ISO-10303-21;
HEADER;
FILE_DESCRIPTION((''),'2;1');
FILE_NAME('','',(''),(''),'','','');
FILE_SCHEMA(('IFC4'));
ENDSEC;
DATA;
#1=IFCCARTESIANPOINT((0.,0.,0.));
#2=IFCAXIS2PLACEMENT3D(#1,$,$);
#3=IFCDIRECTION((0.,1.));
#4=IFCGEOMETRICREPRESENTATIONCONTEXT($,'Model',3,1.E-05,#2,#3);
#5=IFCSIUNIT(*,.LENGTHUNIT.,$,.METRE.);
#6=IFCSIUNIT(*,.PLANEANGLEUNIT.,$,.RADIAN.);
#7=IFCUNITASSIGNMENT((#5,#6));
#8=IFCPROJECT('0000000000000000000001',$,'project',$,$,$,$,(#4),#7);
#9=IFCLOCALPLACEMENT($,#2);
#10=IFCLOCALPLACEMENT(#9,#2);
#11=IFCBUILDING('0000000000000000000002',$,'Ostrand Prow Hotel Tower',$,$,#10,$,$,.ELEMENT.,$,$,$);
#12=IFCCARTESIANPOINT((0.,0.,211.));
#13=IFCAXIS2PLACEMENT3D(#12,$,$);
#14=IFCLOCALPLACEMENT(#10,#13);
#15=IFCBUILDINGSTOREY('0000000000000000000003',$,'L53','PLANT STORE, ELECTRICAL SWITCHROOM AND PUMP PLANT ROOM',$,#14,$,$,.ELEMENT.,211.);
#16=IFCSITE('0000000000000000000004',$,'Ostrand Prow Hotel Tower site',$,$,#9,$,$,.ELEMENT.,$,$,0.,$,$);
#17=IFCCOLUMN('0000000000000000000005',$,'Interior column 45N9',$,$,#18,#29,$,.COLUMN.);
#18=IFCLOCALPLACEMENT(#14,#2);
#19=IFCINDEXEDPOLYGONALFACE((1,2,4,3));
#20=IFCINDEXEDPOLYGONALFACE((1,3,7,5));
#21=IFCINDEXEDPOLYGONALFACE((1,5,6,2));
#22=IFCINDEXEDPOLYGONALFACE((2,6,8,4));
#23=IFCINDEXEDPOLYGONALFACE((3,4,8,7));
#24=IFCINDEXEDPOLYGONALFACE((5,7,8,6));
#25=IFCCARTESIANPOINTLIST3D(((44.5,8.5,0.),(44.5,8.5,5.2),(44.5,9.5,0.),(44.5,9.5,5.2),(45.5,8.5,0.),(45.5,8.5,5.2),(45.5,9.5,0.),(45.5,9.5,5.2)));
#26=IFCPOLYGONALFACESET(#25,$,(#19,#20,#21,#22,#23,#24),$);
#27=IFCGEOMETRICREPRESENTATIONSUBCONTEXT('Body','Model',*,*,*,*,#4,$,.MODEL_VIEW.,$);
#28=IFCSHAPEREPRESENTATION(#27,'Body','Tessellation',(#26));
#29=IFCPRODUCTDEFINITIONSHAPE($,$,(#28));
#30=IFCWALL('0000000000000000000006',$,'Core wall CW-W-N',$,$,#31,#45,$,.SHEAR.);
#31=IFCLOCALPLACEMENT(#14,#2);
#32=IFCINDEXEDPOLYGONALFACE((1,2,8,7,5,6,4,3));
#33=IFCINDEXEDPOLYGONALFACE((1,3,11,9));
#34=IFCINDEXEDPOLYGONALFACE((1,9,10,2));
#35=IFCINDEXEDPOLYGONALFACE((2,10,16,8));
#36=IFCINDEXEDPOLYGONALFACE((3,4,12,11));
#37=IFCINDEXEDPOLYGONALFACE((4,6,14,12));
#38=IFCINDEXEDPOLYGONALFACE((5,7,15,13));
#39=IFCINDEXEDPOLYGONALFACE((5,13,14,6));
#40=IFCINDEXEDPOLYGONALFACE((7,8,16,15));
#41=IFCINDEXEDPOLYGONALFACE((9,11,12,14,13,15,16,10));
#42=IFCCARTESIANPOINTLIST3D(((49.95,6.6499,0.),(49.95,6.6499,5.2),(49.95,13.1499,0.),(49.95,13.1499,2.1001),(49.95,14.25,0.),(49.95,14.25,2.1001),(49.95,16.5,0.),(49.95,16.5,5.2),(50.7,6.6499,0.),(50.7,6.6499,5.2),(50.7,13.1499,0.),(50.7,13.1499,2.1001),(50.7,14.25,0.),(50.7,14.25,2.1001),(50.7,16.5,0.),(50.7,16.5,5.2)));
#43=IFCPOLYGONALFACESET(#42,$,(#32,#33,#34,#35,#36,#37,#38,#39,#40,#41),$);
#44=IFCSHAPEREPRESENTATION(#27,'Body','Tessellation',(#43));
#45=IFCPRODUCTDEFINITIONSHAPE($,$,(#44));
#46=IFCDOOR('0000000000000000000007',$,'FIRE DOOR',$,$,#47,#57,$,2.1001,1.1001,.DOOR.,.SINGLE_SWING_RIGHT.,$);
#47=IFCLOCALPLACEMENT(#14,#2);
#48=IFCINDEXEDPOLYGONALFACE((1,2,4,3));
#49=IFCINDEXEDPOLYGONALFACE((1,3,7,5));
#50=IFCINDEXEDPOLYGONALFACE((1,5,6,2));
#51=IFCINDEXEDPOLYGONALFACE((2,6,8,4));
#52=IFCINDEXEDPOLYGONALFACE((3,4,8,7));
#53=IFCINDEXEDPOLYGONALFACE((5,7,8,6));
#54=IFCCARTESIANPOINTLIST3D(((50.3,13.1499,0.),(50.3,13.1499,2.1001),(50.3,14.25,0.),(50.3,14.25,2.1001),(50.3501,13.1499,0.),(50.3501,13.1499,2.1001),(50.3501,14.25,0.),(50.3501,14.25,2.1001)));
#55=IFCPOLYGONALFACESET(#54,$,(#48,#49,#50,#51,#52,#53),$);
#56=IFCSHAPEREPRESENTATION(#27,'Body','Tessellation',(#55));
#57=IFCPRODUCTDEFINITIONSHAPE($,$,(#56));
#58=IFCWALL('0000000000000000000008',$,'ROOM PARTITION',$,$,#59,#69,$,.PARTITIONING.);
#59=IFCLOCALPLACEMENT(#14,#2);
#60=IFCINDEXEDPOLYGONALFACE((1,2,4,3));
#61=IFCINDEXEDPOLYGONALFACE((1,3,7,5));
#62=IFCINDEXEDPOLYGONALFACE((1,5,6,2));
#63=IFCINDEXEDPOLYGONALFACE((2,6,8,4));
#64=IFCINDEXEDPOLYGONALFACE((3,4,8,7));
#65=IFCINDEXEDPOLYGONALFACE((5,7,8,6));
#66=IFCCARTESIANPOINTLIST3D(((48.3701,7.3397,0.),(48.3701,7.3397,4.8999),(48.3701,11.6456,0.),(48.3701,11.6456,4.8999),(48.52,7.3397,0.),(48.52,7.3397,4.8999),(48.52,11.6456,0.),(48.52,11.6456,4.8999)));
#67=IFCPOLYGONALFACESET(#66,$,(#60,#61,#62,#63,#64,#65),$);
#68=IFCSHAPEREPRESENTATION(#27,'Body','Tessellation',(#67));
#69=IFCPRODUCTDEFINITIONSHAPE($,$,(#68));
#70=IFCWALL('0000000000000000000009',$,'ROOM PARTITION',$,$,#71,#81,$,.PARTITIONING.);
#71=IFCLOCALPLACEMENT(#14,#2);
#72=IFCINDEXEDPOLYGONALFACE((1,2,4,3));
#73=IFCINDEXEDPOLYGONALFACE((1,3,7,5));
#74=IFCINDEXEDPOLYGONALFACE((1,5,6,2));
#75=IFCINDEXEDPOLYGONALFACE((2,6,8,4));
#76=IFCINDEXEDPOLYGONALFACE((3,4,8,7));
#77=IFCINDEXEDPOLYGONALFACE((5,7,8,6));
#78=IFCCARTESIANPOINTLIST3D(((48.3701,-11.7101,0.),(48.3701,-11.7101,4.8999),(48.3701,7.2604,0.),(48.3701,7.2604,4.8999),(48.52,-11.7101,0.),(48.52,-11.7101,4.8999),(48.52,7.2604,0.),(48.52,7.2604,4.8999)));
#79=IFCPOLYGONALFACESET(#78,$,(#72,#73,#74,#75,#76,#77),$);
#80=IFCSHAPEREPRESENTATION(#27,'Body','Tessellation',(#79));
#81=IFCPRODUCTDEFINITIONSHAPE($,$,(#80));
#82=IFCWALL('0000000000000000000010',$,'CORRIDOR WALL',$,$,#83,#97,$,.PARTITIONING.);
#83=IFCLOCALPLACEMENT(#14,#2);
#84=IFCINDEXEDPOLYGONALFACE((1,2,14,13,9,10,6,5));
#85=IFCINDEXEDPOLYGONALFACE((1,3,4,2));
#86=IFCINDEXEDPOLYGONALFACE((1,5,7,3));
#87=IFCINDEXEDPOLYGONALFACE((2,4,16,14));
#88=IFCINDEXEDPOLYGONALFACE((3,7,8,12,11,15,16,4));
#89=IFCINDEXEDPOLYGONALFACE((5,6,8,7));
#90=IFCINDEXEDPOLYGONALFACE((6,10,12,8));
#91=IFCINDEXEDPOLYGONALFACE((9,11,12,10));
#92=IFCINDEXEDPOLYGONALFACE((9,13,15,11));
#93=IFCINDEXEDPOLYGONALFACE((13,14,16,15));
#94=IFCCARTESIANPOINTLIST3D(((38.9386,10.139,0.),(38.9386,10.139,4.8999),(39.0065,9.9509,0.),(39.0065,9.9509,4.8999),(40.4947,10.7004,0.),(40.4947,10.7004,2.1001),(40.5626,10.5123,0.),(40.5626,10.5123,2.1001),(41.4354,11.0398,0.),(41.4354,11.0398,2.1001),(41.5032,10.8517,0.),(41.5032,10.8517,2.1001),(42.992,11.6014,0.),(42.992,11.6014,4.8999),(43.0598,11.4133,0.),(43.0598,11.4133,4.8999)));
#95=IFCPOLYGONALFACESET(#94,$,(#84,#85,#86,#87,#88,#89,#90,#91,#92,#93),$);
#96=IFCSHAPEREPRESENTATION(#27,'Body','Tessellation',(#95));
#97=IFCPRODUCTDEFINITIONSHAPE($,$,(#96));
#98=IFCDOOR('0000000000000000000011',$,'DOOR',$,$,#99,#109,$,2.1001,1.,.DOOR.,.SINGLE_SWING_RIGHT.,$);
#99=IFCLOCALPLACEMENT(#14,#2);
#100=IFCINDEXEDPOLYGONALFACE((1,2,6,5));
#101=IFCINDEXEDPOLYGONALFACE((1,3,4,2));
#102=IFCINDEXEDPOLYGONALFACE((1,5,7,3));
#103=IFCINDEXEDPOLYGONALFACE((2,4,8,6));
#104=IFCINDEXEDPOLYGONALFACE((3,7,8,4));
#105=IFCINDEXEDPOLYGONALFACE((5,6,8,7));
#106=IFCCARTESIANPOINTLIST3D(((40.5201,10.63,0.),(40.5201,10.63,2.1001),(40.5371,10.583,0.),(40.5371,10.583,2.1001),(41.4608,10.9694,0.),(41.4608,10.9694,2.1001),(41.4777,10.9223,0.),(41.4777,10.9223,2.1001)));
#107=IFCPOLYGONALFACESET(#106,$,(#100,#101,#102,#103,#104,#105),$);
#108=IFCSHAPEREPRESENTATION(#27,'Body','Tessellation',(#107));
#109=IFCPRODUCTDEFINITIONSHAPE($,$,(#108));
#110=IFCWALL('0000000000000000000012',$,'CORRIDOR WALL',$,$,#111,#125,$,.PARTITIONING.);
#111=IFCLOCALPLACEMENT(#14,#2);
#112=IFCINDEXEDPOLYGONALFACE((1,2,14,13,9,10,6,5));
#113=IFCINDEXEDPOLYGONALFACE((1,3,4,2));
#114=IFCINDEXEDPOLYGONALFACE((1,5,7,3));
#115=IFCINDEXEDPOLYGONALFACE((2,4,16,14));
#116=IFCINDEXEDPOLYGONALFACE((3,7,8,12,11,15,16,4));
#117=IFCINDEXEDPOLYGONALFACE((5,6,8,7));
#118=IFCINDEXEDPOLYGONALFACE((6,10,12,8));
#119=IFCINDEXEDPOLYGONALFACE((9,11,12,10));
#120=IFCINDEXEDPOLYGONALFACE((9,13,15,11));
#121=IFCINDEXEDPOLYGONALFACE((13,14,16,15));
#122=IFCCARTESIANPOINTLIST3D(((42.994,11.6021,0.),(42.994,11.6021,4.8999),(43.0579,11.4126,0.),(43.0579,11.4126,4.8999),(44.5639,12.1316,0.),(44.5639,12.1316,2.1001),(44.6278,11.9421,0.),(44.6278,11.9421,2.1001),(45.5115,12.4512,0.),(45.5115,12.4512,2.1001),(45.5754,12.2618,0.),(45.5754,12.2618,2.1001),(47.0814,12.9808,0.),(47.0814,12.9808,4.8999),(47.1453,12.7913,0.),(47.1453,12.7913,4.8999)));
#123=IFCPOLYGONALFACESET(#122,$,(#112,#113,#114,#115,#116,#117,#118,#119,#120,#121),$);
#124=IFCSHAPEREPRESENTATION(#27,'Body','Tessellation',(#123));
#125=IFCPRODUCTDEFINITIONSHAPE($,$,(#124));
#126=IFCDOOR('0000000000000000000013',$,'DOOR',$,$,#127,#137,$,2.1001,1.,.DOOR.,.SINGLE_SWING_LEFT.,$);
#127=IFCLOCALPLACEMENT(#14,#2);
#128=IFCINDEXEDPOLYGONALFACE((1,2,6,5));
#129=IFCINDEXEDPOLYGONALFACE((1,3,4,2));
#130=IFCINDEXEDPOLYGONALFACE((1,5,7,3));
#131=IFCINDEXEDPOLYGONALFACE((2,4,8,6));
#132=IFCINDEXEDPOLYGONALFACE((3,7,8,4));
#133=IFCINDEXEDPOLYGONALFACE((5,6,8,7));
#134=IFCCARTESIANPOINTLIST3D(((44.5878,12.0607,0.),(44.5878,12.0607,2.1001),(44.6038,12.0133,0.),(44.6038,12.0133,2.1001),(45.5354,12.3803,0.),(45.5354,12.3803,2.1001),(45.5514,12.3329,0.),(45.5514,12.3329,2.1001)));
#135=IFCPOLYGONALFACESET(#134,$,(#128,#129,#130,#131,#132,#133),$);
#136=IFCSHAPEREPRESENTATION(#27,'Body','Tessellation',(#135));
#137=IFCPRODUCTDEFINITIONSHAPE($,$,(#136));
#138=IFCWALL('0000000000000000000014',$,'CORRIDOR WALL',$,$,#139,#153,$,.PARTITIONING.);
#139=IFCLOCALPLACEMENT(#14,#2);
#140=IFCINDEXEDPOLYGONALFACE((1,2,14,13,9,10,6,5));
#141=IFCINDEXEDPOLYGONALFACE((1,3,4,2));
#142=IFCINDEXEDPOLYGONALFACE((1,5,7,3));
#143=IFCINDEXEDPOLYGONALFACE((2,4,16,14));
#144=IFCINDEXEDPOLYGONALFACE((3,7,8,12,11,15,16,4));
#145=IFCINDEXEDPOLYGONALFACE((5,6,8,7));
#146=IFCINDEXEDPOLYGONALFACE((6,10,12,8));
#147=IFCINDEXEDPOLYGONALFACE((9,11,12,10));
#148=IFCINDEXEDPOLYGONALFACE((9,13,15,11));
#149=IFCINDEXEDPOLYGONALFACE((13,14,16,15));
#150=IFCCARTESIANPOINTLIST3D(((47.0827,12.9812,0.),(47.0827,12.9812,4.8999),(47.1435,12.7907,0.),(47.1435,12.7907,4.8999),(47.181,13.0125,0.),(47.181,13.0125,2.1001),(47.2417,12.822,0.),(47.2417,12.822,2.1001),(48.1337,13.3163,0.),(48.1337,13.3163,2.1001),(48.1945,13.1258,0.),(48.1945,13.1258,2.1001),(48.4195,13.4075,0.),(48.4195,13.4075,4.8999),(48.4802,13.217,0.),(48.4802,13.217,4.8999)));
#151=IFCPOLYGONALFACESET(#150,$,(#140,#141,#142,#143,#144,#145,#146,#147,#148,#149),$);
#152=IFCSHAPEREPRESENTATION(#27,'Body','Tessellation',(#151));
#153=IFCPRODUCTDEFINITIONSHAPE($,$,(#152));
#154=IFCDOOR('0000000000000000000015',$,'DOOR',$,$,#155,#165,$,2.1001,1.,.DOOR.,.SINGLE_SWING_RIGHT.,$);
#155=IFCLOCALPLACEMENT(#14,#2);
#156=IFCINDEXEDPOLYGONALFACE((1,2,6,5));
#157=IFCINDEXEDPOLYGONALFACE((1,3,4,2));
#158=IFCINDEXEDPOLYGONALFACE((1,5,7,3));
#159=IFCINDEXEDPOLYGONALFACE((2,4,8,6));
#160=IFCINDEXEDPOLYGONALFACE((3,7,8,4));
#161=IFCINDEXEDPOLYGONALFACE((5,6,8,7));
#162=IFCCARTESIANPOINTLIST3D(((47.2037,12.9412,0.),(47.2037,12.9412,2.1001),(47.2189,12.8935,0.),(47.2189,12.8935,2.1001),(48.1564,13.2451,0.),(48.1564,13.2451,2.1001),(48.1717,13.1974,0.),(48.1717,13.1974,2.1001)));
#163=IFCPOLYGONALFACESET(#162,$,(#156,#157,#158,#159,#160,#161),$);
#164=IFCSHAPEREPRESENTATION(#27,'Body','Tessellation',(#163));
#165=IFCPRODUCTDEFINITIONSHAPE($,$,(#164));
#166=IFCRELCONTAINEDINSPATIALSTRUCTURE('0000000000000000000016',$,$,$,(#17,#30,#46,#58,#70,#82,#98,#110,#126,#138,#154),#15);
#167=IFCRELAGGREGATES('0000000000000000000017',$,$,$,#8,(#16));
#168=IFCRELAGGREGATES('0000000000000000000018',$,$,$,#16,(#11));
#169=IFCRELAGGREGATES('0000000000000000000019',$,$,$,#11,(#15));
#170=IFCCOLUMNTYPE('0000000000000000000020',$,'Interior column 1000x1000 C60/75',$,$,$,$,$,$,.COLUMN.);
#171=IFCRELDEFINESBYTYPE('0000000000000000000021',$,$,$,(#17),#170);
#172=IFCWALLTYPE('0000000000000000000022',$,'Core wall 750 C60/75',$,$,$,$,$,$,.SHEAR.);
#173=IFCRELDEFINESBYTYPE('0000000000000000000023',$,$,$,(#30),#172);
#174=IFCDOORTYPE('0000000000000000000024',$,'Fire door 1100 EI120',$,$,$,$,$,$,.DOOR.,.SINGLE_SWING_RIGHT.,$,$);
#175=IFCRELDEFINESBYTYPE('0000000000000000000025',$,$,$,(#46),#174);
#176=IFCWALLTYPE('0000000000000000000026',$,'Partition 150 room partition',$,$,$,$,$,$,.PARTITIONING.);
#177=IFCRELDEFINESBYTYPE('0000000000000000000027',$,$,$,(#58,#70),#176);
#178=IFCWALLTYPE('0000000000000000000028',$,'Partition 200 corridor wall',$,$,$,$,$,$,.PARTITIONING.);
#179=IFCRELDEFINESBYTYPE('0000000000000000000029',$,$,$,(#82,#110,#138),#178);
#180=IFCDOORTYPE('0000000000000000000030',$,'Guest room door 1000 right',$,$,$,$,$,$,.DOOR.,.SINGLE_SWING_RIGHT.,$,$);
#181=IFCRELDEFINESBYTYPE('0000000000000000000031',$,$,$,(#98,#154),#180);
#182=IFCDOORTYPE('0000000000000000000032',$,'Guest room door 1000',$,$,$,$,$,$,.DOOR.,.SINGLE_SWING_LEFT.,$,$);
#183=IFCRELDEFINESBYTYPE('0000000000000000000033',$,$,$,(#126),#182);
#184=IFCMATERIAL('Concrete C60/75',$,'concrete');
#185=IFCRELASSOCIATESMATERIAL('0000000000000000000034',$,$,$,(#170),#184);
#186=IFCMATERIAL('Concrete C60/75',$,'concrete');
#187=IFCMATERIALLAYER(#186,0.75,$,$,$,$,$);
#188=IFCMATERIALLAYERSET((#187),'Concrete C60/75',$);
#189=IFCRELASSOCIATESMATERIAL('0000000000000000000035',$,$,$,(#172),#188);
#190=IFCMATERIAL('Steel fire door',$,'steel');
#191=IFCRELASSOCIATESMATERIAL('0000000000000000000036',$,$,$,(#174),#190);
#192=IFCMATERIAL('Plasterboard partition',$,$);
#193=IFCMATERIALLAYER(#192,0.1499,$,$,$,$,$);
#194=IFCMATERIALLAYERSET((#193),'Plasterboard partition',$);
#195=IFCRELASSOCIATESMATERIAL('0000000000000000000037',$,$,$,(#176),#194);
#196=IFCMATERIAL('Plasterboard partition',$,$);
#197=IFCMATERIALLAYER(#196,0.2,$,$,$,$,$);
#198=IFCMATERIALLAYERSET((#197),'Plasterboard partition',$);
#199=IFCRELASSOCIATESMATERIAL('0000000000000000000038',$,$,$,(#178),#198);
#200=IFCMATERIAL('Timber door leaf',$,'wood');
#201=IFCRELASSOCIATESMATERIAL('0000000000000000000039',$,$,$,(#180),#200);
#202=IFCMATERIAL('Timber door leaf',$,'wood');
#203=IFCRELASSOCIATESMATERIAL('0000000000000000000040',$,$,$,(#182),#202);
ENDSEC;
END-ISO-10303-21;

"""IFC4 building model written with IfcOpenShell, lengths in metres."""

from ifc_helpers import new_model, si_unit, direction, frame, frame_2d, origin, origin_2d, place, context, subcontext, project, spatial, rectangle, extrude, material, layer, layer_set, material_profile, profile_set, type_object, element, fill, save


model = new_model("IFC4")

# Units and contexts
model_context = context("Model", 3, precision=1e-05, world=origin(), true_north=direction((0.0, 1.0)))
body_context = subcontext(model_context, "Body", "Model", "MODEL_VIEW")
ifc_project = project(units=[si_unit("LENGTHUNIT", "METRE"), si_unit("PLANEANGLEUNIT", "RADIAN")], contexts=[model_context])

# Site, building, storey
site_placement = place(None, origin())
site = spatial("IfcSite", under=ifc_project, at=site_placement, Name="Ostrand Prow Hotel Tower site", CompositionType="ELEMENT", RefElevation=0.0)
building_placement = place(site_placement, origin())
building = spatial("IfcBuilding", under=site, at=building_placement, Name="Ostrand Prow Hotel Tower", CompositionType="ELEMENT")
storey_placement = place(building_placement, frame((0.0, 0.0, 211.0)))
storey = spatial("IfcBuildingStorey", under=building, at=storey_placement, Name="L53", Description="PLANT STORE, ELECTRICAL SWITCHROOM AND PUMP PLANT ROOM", CompositionType="ELEMENT", Elevation=211.0)

# Column
ifc_material_1 = material(Name="Concrete C60/75", Category="concrete")
ifc_material_profile = material_profile(ifc_material_1, rectangle(XDim=1.0, YDim=1.0, at=origin_2d()), Name="RC 1000x1000")
ifc_profile_set = profile_set([ifc_material_profile], Name="Concrete C60/75")
column_type = type_object("IfcColumnType", Name="Interior column 1000x1000 C60/75", PredefinedType="COLUMN", material=ifc_profile_set)
column_placement = place(storey_placement, frame((45.0, 9.0, 0.0), z_axis=(0.0, 0.0, 1.0), x_axis=(1.0, 0.0, 0.0)))
element("IfcColumn", 1, at=column_placement, inside=storey, type_object=column_type, Name="Interior column 45N9", PredefinedType="COLUMN", context=body_context, shape_type="SweptSolid", body=[
    extrude(rectangle(XDim=1.0, YDim=1.0, at=origin_2d()), origin(), (0.0, 0.0, 1.0), 5.2),
])

# Wall, opening, door
ifc_material_2 = material(Name="Concrete C60/75", Category="concrete")
ifc_layer_1 = layer(ifc_material_2, 0.75)
ifc_layer_set_1 = layer_set([ifc_layer_1], Name="Concrete C60/75")
wall_type_1 = type_object("IfcWallType", Name="Core wall 750 C60/75", PredefinedType="SHEAR", material=ifc_layer_set_1)
wall_1_placement = place(storey_placement, frame((50.325, 6.6499, 0.0), z_axis=(0.0, 0.0, 1.0), x_axis=(0.0, 1.0, 0.0)))
wall_1 = element("IfcWall", 2, at=wall_1_placement, inside=storey, type_object=wall_type_1, Name="Core wall CW-W-N", PredefinedType="SHEAR", context=body_context, shape_type="SweptSolid", body=[
    extrude(rectangle(XDim=9.8501, YDim=0.75, at=frame_2d((4.925, 0.0))), origin(), (0.0, 0.0, 1.0), 5.2),
])
opening_1_placement = place(wall_1_placement, frame((6.5, 0.0, 0.0)))
opening_1 = element("IfcOpeningElement", 3, at=opening_1_placement, cuts=wall_1, PredefinedType="OPENING", context=body_context, shape_type="SweptSolid", body=[
    extrude(rectangle(XDim=1.1001, YDim=2.1001, at=frame_2d((0.55, 1.05))), frame((0.0, 0.385, 0.0), z_axis=(0.0, -1.0, 0.0), x_axis=(1.0, 0.0, 0.0)), (0.0, 0.0, 1.0), 0.77),
])
ifc_material_3 = material(Name="Steel fire door", Category="steel")
door_type_1 = type_object("IfcDoorType", Name="Fire door 1100 EI120", OperationType="SINGLE_SWING_RIGHT", PredefinedType="DOOR", material=ifc_material_3)
door_1_placement = place(opening_1_placement, origin())
door_1 = element("IfcDoor", 4, at=door_1_placement, inside=storey, type_object=door_type_1, Name="FIRE DOOR", OperationType="SINGLE_SWING_RIGHT", OverallHeight=2.1001, OverallWidth=1.1001, PredefinedType="DOOR", context=body_context, shape_type="SweptSolid", body=[
    extrude(rectangle(XDim=1.1001, YDim=2.1001, at=frame_2d((0.55, 1.05))), frame((0.0, 0.0249, 0.0), z_axis=(0.0, -1.0, 0.0), x_axis=(1.0, 0.0, 0.0)), (0.0, 0.0, 1.0), 0.05),
])
fill(opening_1, door_1)

# Walls
ifc_material_4 = material(Name="Plasterboard partition")
ifc_layer_2 = layer(ifc_material_4, 0.1499)
ifc_layer_set_2 = layer_set([ifc_layer_2], Name="Plasterboard partition")
wall_type_2 = type_object("IfcWallType", Name="Partition 150 room partition", PredefinedType="PARTITIONING", material=ifc_layer_set_2)
wall_2_placement = place(storey_placement, frame((48.4451, 11.6455, 0.0), z_axis=(0.0, 0.0, 1.0), x_axis=(0.0, -1.0, 0.0)))
element("IfcWall", 5, at=wall_2_placement, inside=storey, type_object=wall_type_2, Name="ROOM PARTITION", PredefinedType="PARTITIONING", context=body_context, shape_type="SweptSolid", body=[
    extrude(rectangle(XDim=4.3059, YDim=0.1499, at=frame_2d((2.1528, 0.0))), origin(), (0.0, 0.0, 1.0), 4.8999),
])
wall_3_placement = place(storey_placement, frame((48.4451, 7.2605, 0.0), z_axis=(0.0, 0.0, 1.0), x_axis=(0.0, -1.0, 0.0)))
element("IfcWall", 6, at=wall_3_placement, inside=storey, type_object=wall_type_2, Name="ROOM PARTITION", PredefinedType="PARTITIONING", context=body_context, shape_type="SweptSolid", body=[
    extrude(rectangle(XDim=18.9705, YDim=0.1499, at=frame_2d((9.4854, 0.0))), origin(), (0.0, 0.0, 1.0), 4.8999),
])

# Walls, openings, doors
ifc_material_5 = material(Name="Plasterboard partition")
ifc_layer_3 = layer(ifc_material_5, 0.2)
ifc_layer_set_3 = layer_set([ifc_layer_3], Name="Plasterboard partition")
wall_type_3 = type_object("IfcWallType", Name="Partition 200 corridor wall", PredefinedType="PARTITIONING", material=ifc_layer_set_3)
wall_4_placement = place(storey_placement, frame((43.0259, 11.5073, 0.0), z_axis=(0.0, 0.0, 1.0), x_axis=(-0.940654, -0.339367, 0.0)))
wall_4 = element("IfcWall", 7, at=wall_4_placement, inside=storey, type_object=wall_type_3, Name="CORRIDOR WALL", PredefinedType="PARTITIONING", context=body_context, shape_type="SweptSolid", body=[
    extrude(rectangle(XDim=4.3091, YDim=0.2, at=frame_2d((2.1545, 0.0))), origin(), (0.0, 0.0, 1.0), 4.8999),
])
opening_2_placement = place(wall_4_placement, frame((1.6548, 0.0, 0.0)))
opening_2 = element("IfcOpeningElement", 8, at=opening_2_placement, cuts=wall_4, PredefinedType="OPENING", context=body_context, shape_type="SweptSolid", body=[
    extrude(rectangle(XDim=1.0, YDim=2.1001, at=frame_2d((0.5, 1.05))), frame((0.0, 0.1099, 0.0), z_axis=(0.0, -1.0, 0.0), x_axis=(1.0, 0.0, 0.0)), (0.0, 0.0, 1.0), 0.22),
])
ifc_material_6 = material(Name="Timber door leaf", Category="wood")
door_type_2 = type_object("IfcDoorType", Name="Guest room door 1000 right", OperationType="SINGLE_SWING_RIGHT", PredefinedType="DOOR", material=ifc_material_6)
door_2_placement = place(opening_2_placement, origin())
door_2 = element("IfcDoor", 9, at=door_2_placement, inside=storey, type_object=door_type_2, Name="DOOR", OperationType="SINGLE_SWING_RIGHT", OverallHeight=2.1001, OverallWidth=1.0, PredefinedType="DOOR", context=body_context, shape_type="SweptSolid", body=[
    extrude(rectangle(XDim=1.0, YDim=2.1001, at=frame_2d((0.5, 1.05))), frame((0.0, 0.0249, 0.0), z_axis=(0.0, -1.0, 0.0), x_axis=(1.0, 0.0, 0.0)), (0.0, 0.0, 1.0), 0.05),
])
fill(opening_2, door_2)
wall_5_placement = place(storey_placement, frame((47.1133, 12.886, 0.0), z_axis=(0.0, 0.0, 1.0), x_axis=(-0.947551, -0.319605, 0.0)))
wall_5 = element("IfcWall", 10, at=wall_5_placement, inside=storey, type_object=wall_type_3, Name="CORRIDOR WALL", PredefinedType="PARTITIONING", context=body_context, shape_type="SweptSolid", body=[
    extrude(rectangle(XDim=4.3137, YDim=0.2, at=frame_2d((2.1567, 0.0))), origin(), (0.0, 0.0, 1.0), 4.8999),
])
opening_3_placement = place(wall_5_placement, frame((1.6567, 0.0, 0.0)))
opening_3 = element("IfcOpeningElement", 11, at=opening_3_placement, cuts=wall_5, PredefinedType="OPENING", context=body_context, shape_type="SweptSolid", body=[
    extrude(rectangle(XDim=1.0, YDim=2.1001, at=frame_2d((0.5, 1.05))), frame((0.0, 0.1099, 0.0), z_axis=(0.0, -1.0, 0.0), x_axis=(1.0, 0.0, 0.0)), (0.0, 0.0, 1.0), 0.22),
])
ifc_material_7 = material(Name="Timber door leaf", Category="wood")
door_type_3 = type_object("IfcDoorType", Name="Guest room door 1000", OperationType="SINGLE_SWING_LEFT", PredefinedType="DOOR", material=ifc_material_7)
door_3_placement = place(opening_3_placement, origin())
door_3 = element("IfcDoor", 12, at=door_3_placement, inside=storey, type_object=door_type_3, Name="DOOR", OperationType="SINGLE_SWING_LEFT", OverallHeight=2.1001, OverallWidth=1.0, PredefinedType="DOOR", context=body_context, shape_type="SweptSolid", body=[
    extrude(rectangle(XDim=1.0, YDim=2.1001, at=frame_2d((0.5, 1.05))), frame((0.0, 0.0249, 0.0), z_axis=(0.0, -1.0, 0.0), x_axis=(1.0, 0.0, 0.0)), (0.0, 0.0, 1.0), 0.05),
])
fill(opening_3, door_3)
wall_6_placement = place(storey_placement, frame((48.45, 13.3123, 0.0), z_axis=(0.0, 0.0, 1.0), x_axis=(-0.952727, -0.303828, 0.0)))
wall_6 = element("IfcWall", 13, at=wall_6_placement, inside=storey, type_object=wall_type_3, Name="CORRIDOR WALL", PredefinedType="PARTITIONING", context=body_context, shape_type="SweptSolid", body=[
    extrude(rectangle(XDim=1.4031, YDim=0.2, at=frame_2d((0.7017, 0.0))), origin(), (0.0, 0.0, 1.0), 4.8999),
])
opening_4_placement = place(wall_6_placement, frame((0.3, 0.0, 0.0)))
opening_4 = element("IfcOpeningElement", 14, at=opening_4_placement, cuts=wall_6, PredefinedType="OPENING", context=body_context, shape_type="SweptSolid", body=[
    extrude(rectangle(XDim=1.0, YDim=2.1001, at=frame_2d((0.5, 1.05))), frame((0.0, 0.1099, 0.0), z_axis=(0.0, -1.0, 0.0), x_axis=(1.0, 0.0, 0.0)), (0.0, 0.0, 1.0), 0.22),
])
door_4_placement = place(opening_4_placement, origin())
door_4 = element("IfcDoor", 15, at=door_4_placement, inside=storey, type_object=door_type_2, Name="DOOR", OperationType="SINGLE_SWING_RIGHT", OverallHeight=2.1001, OverallWidth=1.0, PredefinedType="DOOR", context=body_context, shape_type="SweptSolid", body=[
    extrude(rectangle(XDim=1.0, YDim=2.1001, at=frame_2d((0.5, 1.05))), frame((0.0, 0.0249, 0.0), z_axis=(0.0, -1.0, 0.0), x_axis=(1.0, 0.0, 0.0)), (0.0, 0.0, 1.0), 0.05),
])
fill(opening_4, door_4)

save(model, "model.ifc")
